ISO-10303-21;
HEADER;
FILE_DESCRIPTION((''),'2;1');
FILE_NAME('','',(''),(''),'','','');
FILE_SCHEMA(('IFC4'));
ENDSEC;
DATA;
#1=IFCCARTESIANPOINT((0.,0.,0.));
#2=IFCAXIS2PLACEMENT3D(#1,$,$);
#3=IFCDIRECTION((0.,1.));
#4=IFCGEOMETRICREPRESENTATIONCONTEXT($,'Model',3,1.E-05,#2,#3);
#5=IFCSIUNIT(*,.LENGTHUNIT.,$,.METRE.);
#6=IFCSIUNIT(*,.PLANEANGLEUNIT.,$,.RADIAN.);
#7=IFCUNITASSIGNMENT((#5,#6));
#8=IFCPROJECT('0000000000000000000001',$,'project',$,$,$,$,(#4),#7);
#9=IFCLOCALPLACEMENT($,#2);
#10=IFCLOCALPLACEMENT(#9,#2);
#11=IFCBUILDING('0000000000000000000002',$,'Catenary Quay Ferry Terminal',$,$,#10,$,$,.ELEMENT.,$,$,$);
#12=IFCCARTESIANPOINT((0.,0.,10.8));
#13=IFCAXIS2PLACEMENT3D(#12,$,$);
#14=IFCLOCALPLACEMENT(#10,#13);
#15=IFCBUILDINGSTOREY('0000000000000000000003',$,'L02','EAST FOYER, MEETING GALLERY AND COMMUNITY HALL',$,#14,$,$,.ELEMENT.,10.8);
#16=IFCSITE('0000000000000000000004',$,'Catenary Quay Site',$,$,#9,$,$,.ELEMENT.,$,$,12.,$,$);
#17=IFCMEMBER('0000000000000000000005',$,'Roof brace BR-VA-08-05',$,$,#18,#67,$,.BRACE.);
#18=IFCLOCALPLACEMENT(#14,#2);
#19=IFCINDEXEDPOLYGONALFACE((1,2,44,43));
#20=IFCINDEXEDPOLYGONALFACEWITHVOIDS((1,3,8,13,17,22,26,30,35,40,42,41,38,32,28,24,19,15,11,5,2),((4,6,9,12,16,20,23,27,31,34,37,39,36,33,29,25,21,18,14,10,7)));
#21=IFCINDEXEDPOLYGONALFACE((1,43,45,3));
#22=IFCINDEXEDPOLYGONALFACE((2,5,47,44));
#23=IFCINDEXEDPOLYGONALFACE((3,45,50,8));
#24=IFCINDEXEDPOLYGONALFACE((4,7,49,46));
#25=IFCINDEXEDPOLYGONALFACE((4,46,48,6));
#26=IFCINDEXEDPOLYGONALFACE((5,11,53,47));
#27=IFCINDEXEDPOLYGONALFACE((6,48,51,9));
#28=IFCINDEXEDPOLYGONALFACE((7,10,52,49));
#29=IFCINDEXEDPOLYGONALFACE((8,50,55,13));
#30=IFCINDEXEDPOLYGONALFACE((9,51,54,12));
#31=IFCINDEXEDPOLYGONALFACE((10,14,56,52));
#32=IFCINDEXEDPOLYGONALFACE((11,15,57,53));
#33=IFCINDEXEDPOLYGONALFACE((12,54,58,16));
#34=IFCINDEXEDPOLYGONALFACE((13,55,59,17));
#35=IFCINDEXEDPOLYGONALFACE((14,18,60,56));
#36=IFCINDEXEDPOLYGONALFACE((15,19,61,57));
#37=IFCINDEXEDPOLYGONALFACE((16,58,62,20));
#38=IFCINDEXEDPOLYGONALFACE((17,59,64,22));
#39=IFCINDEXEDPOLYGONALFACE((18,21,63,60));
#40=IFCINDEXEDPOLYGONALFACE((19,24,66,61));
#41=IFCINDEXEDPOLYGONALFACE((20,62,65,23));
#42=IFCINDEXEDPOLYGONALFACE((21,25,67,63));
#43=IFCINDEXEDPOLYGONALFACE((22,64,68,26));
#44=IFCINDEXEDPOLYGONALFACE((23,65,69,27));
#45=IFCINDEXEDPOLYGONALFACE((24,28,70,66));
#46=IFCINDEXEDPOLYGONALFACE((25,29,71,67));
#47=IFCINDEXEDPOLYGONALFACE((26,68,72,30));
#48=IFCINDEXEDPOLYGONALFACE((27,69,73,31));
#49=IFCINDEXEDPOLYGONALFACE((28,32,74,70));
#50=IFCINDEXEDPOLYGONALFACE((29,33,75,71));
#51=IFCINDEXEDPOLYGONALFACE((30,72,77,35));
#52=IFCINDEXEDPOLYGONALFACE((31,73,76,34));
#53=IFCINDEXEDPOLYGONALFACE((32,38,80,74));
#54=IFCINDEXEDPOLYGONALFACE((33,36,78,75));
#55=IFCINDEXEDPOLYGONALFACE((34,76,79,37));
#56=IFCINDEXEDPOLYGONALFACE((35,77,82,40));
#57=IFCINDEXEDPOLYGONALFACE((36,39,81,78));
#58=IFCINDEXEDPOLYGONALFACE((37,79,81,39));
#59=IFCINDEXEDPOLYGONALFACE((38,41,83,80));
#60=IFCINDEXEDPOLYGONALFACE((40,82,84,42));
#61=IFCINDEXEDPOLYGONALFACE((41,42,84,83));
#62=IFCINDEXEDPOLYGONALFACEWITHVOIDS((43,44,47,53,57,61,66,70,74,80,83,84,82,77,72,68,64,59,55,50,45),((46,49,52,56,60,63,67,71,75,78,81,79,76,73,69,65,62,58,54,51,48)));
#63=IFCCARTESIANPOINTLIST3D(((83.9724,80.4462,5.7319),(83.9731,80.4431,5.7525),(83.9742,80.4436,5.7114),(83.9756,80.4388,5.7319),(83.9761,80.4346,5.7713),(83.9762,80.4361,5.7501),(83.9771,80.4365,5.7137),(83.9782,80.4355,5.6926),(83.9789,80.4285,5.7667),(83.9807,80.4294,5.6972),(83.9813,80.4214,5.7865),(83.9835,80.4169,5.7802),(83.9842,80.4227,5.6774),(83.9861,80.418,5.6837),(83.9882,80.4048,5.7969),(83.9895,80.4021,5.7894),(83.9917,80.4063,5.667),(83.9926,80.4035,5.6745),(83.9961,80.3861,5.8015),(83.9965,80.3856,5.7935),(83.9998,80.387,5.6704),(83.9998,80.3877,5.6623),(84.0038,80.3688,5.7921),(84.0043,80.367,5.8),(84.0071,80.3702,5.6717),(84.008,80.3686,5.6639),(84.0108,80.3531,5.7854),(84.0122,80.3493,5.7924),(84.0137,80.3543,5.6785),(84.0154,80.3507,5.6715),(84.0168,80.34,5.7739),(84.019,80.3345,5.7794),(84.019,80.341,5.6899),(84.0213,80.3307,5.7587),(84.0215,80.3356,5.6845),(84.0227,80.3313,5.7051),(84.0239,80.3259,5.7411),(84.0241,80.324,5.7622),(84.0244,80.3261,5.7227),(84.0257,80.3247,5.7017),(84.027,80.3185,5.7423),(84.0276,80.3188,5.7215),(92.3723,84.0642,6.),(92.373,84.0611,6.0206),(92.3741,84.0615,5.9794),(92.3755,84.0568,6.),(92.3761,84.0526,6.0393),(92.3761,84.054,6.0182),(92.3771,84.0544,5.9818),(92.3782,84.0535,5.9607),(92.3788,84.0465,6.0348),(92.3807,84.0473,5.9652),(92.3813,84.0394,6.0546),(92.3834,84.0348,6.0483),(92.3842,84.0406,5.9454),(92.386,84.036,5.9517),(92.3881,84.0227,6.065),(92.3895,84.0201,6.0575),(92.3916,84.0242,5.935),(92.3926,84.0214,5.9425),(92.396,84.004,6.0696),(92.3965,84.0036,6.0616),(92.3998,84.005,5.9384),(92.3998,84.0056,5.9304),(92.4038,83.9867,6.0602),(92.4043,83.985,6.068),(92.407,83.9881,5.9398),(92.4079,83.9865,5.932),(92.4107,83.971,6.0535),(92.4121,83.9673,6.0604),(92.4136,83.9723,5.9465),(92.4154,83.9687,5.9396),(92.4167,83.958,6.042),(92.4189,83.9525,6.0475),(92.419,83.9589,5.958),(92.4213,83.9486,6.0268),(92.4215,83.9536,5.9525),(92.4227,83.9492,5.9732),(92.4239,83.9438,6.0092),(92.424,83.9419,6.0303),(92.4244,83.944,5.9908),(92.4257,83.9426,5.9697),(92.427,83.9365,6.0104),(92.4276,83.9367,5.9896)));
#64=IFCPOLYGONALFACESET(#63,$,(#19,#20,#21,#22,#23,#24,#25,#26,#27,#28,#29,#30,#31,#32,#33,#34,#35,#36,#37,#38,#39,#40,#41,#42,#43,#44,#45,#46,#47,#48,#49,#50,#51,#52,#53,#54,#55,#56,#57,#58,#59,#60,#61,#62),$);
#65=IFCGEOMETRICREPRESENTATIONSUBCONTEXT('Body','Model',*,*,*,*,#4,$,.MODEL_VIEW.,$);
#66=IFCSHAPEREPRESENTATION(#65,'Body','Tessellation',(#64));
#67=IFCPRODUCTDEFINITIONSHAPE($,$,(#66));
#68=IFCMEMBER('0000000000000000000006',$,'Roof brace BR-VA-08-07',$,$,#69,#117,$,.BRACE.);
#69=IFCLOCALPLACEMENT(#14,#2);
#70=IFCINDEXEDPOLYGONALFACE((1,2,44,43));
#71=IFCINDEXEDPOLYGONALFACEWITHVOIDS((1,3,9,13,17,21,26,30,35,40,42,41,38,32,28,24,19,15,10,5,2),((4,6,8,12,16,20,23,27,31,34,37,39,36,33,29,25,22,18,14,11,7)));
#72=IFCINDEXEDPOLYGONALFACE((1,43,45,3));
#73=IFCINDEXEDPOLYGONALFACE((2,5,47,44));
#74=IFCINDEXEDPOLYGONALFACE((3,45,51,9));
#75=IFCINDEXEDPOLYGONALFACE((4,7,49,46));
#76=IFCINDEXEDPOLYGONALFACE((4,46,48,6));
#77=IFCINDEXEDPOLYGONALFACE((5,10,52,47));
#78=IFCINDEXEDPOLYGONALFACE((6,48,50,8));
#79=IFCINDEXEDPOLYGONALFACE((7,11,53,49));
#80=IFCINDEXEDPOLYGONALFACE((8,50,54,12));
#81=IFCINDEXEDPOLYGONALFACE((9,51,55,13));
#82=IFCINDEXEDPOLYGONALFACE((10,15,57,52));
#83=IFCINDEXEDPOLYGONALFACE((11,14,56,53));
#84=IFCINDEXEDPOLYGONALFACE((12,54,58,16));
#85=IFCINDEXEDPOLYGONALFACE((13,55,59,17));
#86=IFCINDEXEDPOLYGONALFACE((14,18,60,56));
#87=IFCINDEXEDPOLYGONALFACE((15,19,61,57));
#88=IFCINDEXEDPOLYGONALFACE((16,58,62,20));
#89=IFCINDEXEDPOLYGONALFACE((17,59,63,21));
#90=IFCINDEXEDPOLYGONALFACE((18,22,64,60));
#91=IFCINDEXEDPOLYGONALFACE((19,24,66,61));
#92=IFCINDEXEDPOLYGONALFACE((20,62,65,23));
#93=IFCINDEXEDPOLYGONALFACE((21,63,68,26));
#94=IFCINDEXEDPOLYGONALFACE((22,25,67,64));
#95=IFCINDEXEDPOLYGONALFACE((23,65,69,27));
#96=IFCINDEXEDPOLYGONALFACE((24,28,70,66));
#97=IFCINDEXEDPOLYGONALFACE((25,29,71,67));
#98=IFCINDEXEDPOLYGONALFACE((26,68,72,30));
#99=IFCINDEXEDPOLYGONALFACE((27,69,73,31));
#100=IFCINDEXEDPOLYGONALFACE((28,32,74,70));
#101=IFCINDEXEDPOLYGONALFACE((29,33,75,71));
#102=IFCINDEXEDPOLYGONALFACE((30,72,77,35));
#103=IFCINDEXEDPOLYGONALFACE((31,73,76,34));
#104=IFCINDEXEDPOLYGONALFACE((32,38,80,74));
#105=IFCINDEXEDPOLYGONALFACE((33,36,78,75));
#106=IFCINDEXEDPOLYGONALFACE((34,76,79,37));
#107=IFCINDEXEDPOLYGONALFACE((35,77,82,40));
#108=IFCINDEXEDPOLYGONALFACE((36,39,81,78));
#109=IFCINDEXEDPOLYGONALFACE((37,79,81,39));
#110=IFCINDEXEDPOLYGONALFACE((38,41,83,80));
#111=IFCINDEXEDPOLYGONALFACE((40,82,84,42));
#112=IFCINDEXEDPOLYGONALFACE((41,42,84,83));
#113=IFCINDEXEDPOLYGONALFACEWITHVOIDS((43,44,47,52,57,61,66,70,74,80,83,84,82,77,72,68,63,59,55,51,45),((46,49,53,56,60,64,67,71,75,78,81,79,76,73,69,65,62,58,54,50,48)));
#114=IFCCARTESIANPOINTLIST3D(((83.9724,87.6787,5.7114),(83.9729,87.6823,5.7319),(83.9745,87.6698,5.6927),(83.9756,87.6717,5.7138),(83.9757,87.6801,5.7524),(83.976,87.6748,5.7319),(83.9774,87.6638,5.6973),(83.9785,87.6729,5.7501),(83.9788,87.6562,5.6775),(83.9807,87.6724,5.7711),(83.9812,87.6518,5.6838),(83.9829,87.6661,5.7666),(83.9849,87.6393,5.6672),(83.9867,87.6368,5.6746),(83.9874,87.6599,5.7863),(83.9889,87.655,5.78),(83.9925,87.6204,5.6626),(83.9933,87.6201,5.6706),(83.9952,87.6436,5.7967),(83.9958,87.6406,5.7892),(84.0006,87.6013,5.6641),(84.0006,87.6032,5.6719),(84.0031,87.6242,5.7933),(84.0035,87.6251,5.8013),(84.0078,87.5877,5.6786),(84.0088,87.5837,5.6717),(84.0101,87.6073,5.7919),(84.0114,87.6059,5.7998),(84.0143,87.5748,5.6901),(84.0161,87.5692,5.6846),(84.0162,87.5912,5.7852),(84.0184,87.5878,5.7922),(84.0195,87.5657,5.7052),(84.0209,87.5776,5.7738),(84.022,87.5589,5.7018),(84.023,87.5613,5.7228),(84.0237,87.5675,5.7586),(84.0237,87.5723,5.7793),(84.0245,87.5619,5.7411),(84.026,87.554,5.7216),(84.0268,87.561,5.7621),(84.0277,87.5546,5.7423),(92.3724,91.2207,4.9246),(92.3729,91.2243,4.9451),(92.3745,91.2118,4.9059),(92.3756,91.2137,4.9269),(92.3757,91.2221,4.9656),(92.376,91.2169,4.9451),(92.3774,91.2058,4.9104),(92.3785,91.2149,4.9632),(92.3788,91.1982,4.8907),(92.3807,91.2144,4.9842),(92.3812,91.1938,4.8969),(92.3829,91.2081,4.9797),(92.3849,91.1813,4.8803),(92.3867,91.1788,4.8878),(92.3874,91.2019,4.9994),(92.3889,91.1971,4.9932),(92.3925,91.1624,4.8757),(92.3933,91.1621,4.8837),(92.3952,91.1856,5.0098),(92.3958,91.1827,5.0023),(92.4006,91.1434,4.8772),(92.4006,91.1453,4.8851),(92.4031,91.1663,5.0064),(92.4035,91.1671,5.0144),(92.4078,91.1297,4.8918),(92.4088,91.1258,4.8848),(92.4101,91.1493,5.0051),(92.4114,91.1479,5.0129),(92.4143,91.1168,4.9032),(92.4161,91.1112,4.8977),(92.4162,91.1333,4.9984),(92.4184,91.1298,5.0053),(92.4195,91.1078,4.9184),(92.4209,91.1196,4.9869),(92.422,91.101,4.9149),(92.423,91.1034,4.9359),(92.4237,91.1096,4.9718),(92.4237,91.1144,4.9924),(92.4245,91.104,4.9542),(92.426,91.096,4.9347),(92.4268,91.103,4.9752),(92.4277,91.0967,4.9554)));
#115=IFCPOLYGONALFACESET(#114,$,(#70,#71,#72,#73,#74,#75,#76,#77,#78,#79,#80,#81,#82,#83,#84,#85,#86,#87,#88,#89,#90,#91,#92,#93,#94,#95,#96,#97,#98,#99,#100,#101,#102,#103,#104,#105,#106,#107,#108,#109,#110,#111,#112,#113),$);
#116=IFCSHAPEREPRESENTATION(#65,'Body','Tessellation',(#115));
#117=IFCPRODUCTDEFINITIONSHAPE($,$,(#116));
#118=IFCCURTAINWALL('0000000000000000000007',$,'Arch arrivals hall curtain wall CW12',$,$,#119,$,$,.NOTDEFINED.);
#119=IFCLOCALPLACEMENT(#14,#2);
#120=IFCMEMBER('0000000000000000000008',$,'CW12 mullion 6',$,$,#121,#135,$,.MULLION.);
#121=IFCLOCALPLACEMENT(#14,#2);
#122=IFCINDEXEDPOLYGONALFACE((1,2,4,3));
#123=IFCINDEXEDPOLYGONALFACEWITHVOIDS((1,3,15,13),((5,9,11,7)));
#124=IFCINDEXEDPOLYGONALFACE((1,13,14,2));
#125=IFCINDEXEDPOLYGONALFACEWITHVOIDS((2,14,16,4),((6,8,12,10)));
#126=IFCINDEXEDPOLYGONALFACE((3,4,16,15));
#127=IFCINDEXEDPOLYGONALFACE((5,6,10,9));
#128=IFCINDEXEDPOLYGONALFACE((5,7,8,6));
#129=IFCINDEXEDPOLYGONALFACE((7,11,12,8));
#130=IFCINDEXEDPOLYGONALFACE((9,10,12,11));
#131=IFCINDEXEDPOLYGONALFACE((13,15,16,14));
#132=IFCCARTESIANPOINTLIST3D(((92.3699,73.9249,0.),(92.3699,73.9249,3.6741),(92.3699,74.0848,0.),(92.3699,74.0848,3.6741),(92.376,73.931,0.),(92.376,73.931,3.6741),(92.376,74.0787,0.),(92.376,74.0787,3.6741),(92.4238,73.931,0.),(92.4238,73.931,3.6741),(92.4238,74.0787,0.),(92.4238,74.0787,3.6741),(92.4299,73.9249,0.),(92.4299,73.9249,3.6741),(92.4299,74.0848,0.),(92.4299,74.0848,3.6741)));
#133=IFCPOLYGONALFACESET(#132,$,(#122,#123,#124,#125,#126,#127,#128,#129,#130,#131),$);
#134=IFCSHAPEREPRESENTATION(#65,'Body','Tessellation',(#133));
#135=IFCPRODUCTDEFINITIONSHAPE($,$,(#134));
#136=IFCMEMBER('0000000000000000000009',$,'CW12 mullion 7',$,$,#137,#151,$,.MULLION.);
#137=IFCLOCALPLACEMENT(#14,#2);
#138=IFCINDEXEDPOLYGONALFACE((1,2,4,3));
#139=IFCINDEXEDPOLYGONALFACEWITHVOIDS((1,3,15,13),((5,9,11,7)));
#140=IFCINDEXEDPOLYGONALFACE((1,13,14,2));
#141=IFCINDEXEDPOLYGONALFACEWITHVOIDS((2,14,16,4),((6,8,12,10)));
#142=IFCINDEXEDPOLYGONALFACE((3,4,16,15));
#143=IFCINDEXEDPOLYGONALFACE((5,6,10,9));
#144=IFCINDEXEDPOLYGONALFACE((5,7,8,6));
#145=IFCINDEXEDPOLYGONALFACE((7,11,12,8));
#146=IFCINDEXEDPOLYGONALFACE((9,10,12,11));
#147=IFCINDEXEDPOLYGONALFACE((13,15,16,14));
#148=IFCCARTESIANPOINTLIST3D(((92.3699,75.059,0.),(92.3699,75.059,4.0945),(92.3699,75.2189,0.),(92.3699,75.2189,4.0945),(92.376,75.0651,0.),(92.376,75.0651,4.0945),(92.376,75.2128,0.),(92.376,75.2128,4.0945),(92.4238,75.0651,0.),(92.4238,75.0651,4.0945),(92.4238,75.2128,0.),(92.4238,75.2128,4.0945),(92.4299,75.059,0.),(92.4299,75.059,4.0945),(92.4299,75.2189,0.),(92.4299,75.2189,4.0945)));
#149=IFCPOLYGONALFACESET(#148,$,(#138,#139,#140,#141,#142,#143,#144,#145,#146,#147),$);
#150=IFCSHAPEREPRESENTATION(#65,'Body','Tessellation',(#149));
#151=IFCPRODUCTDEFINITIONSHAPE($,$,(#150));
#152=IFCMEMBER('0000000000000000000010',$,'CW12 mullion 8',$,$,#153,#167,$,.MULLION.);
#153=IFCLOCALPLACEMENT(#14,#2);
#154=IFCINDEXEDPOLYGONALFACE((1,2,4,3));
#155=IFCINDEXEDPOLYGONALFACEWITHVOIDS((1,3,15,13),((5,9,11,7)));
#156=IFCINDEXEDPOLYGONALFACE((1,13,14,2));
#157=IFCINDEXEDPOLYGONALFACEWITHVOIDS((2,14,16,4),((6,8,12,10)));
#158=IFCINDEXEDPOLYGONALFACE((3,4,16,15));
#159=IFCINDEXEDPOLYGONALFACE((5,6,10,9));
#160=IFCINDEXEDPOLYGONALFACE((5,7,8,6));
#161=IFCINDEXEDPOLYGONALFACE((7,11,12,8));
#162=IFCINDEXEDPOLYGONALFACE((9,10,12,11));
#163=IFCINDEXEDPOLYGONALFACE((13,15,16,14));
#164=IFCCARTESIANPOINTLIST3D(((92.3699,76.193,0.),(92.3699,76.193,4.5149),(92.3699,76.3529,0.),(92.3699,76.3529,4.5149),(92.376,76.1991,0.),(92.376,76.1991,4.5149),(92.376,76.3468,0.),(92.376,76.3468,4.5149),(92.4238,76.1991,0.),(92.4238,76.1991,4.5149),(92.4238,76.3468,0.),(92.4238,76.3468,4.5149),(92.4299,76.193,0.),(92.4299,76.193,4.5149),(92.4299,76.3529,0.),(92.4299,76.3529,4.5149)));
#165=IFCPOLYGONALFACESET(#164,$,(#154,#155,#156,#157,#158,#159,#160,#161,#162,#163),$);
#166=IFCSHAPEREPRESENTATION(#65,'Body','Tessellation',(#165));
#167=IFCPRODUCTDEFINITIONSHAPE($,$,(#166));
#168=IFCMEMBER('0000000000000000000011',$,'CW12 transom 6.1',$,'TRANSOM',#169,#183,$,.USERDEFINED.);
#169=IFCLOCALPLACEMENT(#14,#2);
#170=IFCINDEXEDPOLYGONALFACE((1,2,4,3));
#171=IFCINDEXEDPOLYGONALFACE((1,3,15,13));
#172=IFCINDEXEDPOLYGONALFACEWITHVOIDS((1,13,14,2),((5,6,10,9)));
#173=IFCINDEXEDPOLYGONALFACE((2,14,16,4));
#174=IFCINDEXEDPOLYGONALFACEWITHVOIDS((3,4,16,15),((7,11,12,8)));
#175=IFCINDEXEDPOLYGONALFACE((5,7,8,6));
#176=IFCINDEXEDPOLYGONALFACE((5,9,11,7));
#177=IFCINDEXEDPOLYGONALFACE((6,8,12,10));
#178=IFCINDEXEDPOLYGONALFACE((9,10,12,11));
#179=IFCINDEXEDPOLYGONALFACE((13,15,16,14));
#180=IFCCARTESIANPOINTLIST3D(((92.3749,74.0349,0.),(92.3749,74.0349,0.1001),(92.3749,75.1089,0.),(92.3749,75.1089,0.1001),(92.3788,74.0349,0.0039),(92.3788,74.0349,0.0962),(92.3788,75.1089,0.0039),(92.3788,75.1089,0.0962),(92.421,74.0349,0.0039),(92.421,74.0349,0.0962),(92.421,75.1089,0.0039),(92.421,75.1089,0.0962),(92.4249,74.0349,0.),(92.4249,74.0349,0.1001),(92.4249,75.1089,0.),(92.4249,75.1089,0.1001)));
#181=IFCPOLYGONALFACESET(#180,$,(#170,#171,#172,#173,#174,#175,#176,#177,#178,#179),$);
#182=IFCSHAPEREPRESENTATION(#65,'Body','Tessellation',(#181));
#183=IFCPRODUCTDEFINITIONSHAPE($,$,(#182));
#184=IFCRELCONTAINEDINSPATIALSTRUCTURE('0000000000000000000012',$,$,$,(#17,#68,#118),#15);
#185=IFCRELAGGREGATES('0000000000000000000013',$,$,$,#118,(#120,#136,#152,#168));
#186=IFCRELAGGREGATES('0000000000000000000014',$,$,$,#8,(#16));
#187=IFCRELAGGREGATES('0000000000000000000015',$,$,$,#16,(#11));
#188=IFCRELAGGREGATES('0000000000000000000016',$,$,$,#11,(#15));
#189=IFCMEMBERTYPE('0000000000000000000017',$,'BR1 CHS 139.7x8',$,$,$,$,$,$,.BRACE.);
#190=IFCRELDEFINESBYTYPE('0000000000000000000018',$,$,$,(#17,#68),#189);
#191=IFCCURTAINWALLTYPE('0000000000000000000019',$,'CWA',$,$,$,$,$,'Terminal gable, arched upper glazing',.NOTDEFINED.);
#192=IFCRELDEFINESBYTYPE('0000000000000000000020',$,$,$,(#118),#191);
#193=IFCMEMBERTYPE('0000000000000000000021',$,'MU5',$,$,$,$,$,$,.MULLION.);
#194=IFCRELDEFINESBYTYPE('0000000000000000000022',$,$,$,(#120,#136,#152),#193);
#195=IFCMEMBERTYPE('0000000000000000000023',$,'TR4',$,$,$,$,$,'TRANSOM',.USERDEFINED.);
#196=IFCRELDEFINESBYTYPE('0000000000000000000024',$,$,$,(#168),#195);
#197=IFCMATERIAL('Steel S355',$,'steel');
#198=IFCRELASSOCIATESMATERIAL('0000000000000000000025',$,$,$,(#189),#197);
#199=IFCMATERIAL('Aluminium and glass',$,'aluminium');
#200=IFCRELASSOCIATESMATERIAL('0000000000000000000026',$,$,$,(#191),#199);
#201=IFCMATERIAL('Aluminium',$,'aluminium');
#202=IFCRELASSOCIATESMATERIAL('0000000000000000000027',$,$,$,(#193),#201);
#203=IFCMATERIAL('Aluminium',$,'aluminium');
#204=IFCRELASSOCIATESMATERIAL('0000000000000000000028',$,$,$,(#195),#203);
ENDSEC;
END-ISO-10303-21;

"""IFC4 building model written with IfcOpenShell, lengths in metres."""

from ifc_helpers import new_model, si_unit, direction, frame, origin, origin_2d, place, context, subcontext, project, spatial, hollow_rectangle, hollow_circle, extrude, material, material_profile, profile_set, type_object, element, aggregate, save


model = new_model("IFC4")

# Units and contexts
model_context = context("Model", 3, precision=1e-05, world=origin(), true_north=direction((0.0, 1.0)))
body_context = subcontext(model_context, "Body", "Model", "MODEL_VIEW")
ifc_project = project(units=[si_unit("LENGTHUNIT", "METRE"), si_unit("PLANEANGLEUNIT", "RADIAN")], contexts=[model_context])

# Site, building, storey
site_placement = place(None, origin())
site = spatial("IfcSite", under=ifc_project, at=site_placement, Name="Catenary Quay Site", CompositionType="ELEMENT", RefElevation=12.0)
building_placement = place(site_placement, origin())
building = spatial("IfcBuilding", under=site, at=building_placement, Name="Catenary Quay Ferry Terminal", CompositionType="ELEMENT")
storey_placement = place(building_placement, frame((0.0, 0.0, 10.8)))
storey = spatial("IfcBuildingStorey", under=building, at=storey_placement, Name="L02", Description="EAST FOYER, MEETING GALLERY AND COMMUNITY HALL", CompositionType="ELEMENT", Elevation=10.8)

# Members
ifc_material_1 = material(Name="Steel S355", Category="steel")
ifc_material_profile_1 = material_profile(ifc_material_1, hollow_circle(Radius=0.0698, WallThickness=0.0081, at=origin_2d()), Name="CHS 139.7x8")
ifc_profile_set_1 = profile_set([ifc_material_profile_1], Name="Steel S355")
member_type_1 = type_object("IfcMemberType", Name="BR1 CHS 139.7x8", PredefinedType="BRACE", material=ifc_profile_set_1)
member_1_placement = place(storey_placement, frame((84.0, 80.3821, 5.7319), z_axis=(0.918038, 0.395408, 0.029297), x_axis=(-0.395578, 0.918432, 0.0)))
element("IfcMember", 1, at=member_1_placement, inside=storey, type_object=member_type_1, Name="Roof brace BR-VA-08-05", PredefinedType="BRACE", context=body_context, shape_type="SweptSolid", body=[
    extrude(hollow_circle(Radius=0.0698, WallThickness=0.0081, at=origin_2d()), origin(), (0.0, 0.0, 1.0), 9.1499),
])
member_2_placement = place(storey_placement, frame((84.0, 87.6179, 5.7319), z_axis=(0.918018, 0.387101, -0.085996), x_axis=(-0.388541, 0.921432, 0.0)))
element("IfcMember", 2, at=member_2_placement, inside=storey, type_object=member_type_1, Name="Roof brace BR-VA-08-07", PredefinedType="BRACE", context=body_context, shape_type="SweptSolid", body=[
    extrude(hollow_circle(Radius=0.0698, WallThickness=0.0081, at=origin_2d()), origin(), (0.0, 0.0, 1.0), 9.1501),
])

# Curtain wall, members
ifc_material_2 = material(Name="Aluminium and glass", Category="aluminium")
curtain_wall_type = type_object("IfcCurtainWallType", Name="CWA", ElementType="Terminal gable, arched upper glazing", PredefinedType="NOTDEFINED", material=ifc_material_2)
curtain_wall_placement = place(storey_placement, origin())
curtain_wall = element("IfcCurtainWall", 3, at=curtain_wall_placement, inside=storey, type_object=curtain_wall_type, Name="Arch arrivals hall curtain wall CW12", PredefinedType="NOTDEFINED")
ifc_material_3 = material(Name="Aluminium", Category="aluminium")
ifc_material_profile_2 = material_profile(ifc_material_3, hollow_rectangle(XDim=0.0601, YDim=0.1599, WallThickness=0.0061, at=origin_2d()), Name="MU5")
ifc_profile_set_2 = profile_set([ifc_material_profile_2], Name="Aluminium")
member_type_2 = type_object("IfcMemberType", Name="MU5", PredefinedType="MULLION", material=ifc_profile_set_2)
member_3_placement = place(storey_placement, frame((92.3999, 74.0049, 0.0), z_axis=(0.0, 0.0, 1.0), x_axis=(-1.0, 0.0, 0.0)))
member_3 = element("IfcMember", 4, at=member_3_placement, type_object=member_type_2, Name="CW12 mullion 6", PredefinedType="MULLION", context=body_context, shape_type="SweptSolid", body=[
    extrude(hollow_rectangle(XDim=0.0601, YDim=0.1599, WallThickness=0.0061, at=origin_2d()), origin(), (0.0, 0.0, 1.0), 3.6741),
])
member_4_placement = place(storey_placement, frame((92.3999, 75.1389, 0.0), z_axis=(0.0, 0.0, 1.0), x_axis=(-1.0, 0.0, 0.0)))
member_4 = element("IfcMember", 5, at=member_4_placement, type_object=member_type_2, Name="CW12 mullion 7", PredefinedType="MULLION", context=body_context, shape_type="SweptSolid", body=[
    extrude(hollow_rectangle(XDim=0.0601, YDim=0.1599, WallThickness=0.0061, at=origin_2d()), origin(), (0.0, 0.0, 1.0), 4.0945),
])
member_5_placement = place(storey_placement, frame((92.3999, 76.2729, 0.0), z_axis=(0.0, 0.0, 1.0), x_axis=(-1.0, 0.0, 0.0)))
member_5 = element("IfcMember", 6, at=member_5_placement, type_object=member_type_2, Name="CW12 mullion 8", PredefinedType="MULLION", context=body_context, shape_type="SweptSolid", body=[
    extrude(hollow_rectangle(XDim=0.0601, YDim=0.1599, WallThickness=0.0061, at=origin_2d()), origin(), (0.0, 0.0, 1.0), 4.5149),
])
ifc_material_4 = material(Name="Aluminium", Category="aluminium")
ifc_material_profile_3 = material_profile(ifc_material_4, hollow_rectangle(XDim=0.05, YDim=0.1001, WallThickness=0.0039, at=origin_2d()), Name="TR4")
ifc_profile_set_3 = profile_set([ifc_material_profile_3], Name="Aluminium")
member_type_3 = type_object("IfcMemberType", Name="TR4", ElementType="TRANSOM", PredefinedType="USERDEFINED", material=ifc_profile_set_3)
member_6_placement = place(storey_placement, frame((92.3999, 74.0349, 0.05), z_axis=(0.0, 1.0, 0.0), x_axis=(-1.0, 0.0, 0.0)))
member_6 = element("IfcMember", 7, at=member_6_placement, type_object=member_type_3, Name="CW12 transom 6.1", ObjectType="TRANSOM", PredefinedType="USERDEFINED", context=body_context, shape_type="SweptSolid", body=[
    extrude(hollow_rectangle(XDim=0.05, YDim=0.1001, WallThickness=0.0039, at=origin_2d()), origin(), (0.0, 0.0, 1.0), 1.074),
])

aggregate(curtain_wall, [member_3, member_4, member_5, member_6])

save(model, "model.ifc")
